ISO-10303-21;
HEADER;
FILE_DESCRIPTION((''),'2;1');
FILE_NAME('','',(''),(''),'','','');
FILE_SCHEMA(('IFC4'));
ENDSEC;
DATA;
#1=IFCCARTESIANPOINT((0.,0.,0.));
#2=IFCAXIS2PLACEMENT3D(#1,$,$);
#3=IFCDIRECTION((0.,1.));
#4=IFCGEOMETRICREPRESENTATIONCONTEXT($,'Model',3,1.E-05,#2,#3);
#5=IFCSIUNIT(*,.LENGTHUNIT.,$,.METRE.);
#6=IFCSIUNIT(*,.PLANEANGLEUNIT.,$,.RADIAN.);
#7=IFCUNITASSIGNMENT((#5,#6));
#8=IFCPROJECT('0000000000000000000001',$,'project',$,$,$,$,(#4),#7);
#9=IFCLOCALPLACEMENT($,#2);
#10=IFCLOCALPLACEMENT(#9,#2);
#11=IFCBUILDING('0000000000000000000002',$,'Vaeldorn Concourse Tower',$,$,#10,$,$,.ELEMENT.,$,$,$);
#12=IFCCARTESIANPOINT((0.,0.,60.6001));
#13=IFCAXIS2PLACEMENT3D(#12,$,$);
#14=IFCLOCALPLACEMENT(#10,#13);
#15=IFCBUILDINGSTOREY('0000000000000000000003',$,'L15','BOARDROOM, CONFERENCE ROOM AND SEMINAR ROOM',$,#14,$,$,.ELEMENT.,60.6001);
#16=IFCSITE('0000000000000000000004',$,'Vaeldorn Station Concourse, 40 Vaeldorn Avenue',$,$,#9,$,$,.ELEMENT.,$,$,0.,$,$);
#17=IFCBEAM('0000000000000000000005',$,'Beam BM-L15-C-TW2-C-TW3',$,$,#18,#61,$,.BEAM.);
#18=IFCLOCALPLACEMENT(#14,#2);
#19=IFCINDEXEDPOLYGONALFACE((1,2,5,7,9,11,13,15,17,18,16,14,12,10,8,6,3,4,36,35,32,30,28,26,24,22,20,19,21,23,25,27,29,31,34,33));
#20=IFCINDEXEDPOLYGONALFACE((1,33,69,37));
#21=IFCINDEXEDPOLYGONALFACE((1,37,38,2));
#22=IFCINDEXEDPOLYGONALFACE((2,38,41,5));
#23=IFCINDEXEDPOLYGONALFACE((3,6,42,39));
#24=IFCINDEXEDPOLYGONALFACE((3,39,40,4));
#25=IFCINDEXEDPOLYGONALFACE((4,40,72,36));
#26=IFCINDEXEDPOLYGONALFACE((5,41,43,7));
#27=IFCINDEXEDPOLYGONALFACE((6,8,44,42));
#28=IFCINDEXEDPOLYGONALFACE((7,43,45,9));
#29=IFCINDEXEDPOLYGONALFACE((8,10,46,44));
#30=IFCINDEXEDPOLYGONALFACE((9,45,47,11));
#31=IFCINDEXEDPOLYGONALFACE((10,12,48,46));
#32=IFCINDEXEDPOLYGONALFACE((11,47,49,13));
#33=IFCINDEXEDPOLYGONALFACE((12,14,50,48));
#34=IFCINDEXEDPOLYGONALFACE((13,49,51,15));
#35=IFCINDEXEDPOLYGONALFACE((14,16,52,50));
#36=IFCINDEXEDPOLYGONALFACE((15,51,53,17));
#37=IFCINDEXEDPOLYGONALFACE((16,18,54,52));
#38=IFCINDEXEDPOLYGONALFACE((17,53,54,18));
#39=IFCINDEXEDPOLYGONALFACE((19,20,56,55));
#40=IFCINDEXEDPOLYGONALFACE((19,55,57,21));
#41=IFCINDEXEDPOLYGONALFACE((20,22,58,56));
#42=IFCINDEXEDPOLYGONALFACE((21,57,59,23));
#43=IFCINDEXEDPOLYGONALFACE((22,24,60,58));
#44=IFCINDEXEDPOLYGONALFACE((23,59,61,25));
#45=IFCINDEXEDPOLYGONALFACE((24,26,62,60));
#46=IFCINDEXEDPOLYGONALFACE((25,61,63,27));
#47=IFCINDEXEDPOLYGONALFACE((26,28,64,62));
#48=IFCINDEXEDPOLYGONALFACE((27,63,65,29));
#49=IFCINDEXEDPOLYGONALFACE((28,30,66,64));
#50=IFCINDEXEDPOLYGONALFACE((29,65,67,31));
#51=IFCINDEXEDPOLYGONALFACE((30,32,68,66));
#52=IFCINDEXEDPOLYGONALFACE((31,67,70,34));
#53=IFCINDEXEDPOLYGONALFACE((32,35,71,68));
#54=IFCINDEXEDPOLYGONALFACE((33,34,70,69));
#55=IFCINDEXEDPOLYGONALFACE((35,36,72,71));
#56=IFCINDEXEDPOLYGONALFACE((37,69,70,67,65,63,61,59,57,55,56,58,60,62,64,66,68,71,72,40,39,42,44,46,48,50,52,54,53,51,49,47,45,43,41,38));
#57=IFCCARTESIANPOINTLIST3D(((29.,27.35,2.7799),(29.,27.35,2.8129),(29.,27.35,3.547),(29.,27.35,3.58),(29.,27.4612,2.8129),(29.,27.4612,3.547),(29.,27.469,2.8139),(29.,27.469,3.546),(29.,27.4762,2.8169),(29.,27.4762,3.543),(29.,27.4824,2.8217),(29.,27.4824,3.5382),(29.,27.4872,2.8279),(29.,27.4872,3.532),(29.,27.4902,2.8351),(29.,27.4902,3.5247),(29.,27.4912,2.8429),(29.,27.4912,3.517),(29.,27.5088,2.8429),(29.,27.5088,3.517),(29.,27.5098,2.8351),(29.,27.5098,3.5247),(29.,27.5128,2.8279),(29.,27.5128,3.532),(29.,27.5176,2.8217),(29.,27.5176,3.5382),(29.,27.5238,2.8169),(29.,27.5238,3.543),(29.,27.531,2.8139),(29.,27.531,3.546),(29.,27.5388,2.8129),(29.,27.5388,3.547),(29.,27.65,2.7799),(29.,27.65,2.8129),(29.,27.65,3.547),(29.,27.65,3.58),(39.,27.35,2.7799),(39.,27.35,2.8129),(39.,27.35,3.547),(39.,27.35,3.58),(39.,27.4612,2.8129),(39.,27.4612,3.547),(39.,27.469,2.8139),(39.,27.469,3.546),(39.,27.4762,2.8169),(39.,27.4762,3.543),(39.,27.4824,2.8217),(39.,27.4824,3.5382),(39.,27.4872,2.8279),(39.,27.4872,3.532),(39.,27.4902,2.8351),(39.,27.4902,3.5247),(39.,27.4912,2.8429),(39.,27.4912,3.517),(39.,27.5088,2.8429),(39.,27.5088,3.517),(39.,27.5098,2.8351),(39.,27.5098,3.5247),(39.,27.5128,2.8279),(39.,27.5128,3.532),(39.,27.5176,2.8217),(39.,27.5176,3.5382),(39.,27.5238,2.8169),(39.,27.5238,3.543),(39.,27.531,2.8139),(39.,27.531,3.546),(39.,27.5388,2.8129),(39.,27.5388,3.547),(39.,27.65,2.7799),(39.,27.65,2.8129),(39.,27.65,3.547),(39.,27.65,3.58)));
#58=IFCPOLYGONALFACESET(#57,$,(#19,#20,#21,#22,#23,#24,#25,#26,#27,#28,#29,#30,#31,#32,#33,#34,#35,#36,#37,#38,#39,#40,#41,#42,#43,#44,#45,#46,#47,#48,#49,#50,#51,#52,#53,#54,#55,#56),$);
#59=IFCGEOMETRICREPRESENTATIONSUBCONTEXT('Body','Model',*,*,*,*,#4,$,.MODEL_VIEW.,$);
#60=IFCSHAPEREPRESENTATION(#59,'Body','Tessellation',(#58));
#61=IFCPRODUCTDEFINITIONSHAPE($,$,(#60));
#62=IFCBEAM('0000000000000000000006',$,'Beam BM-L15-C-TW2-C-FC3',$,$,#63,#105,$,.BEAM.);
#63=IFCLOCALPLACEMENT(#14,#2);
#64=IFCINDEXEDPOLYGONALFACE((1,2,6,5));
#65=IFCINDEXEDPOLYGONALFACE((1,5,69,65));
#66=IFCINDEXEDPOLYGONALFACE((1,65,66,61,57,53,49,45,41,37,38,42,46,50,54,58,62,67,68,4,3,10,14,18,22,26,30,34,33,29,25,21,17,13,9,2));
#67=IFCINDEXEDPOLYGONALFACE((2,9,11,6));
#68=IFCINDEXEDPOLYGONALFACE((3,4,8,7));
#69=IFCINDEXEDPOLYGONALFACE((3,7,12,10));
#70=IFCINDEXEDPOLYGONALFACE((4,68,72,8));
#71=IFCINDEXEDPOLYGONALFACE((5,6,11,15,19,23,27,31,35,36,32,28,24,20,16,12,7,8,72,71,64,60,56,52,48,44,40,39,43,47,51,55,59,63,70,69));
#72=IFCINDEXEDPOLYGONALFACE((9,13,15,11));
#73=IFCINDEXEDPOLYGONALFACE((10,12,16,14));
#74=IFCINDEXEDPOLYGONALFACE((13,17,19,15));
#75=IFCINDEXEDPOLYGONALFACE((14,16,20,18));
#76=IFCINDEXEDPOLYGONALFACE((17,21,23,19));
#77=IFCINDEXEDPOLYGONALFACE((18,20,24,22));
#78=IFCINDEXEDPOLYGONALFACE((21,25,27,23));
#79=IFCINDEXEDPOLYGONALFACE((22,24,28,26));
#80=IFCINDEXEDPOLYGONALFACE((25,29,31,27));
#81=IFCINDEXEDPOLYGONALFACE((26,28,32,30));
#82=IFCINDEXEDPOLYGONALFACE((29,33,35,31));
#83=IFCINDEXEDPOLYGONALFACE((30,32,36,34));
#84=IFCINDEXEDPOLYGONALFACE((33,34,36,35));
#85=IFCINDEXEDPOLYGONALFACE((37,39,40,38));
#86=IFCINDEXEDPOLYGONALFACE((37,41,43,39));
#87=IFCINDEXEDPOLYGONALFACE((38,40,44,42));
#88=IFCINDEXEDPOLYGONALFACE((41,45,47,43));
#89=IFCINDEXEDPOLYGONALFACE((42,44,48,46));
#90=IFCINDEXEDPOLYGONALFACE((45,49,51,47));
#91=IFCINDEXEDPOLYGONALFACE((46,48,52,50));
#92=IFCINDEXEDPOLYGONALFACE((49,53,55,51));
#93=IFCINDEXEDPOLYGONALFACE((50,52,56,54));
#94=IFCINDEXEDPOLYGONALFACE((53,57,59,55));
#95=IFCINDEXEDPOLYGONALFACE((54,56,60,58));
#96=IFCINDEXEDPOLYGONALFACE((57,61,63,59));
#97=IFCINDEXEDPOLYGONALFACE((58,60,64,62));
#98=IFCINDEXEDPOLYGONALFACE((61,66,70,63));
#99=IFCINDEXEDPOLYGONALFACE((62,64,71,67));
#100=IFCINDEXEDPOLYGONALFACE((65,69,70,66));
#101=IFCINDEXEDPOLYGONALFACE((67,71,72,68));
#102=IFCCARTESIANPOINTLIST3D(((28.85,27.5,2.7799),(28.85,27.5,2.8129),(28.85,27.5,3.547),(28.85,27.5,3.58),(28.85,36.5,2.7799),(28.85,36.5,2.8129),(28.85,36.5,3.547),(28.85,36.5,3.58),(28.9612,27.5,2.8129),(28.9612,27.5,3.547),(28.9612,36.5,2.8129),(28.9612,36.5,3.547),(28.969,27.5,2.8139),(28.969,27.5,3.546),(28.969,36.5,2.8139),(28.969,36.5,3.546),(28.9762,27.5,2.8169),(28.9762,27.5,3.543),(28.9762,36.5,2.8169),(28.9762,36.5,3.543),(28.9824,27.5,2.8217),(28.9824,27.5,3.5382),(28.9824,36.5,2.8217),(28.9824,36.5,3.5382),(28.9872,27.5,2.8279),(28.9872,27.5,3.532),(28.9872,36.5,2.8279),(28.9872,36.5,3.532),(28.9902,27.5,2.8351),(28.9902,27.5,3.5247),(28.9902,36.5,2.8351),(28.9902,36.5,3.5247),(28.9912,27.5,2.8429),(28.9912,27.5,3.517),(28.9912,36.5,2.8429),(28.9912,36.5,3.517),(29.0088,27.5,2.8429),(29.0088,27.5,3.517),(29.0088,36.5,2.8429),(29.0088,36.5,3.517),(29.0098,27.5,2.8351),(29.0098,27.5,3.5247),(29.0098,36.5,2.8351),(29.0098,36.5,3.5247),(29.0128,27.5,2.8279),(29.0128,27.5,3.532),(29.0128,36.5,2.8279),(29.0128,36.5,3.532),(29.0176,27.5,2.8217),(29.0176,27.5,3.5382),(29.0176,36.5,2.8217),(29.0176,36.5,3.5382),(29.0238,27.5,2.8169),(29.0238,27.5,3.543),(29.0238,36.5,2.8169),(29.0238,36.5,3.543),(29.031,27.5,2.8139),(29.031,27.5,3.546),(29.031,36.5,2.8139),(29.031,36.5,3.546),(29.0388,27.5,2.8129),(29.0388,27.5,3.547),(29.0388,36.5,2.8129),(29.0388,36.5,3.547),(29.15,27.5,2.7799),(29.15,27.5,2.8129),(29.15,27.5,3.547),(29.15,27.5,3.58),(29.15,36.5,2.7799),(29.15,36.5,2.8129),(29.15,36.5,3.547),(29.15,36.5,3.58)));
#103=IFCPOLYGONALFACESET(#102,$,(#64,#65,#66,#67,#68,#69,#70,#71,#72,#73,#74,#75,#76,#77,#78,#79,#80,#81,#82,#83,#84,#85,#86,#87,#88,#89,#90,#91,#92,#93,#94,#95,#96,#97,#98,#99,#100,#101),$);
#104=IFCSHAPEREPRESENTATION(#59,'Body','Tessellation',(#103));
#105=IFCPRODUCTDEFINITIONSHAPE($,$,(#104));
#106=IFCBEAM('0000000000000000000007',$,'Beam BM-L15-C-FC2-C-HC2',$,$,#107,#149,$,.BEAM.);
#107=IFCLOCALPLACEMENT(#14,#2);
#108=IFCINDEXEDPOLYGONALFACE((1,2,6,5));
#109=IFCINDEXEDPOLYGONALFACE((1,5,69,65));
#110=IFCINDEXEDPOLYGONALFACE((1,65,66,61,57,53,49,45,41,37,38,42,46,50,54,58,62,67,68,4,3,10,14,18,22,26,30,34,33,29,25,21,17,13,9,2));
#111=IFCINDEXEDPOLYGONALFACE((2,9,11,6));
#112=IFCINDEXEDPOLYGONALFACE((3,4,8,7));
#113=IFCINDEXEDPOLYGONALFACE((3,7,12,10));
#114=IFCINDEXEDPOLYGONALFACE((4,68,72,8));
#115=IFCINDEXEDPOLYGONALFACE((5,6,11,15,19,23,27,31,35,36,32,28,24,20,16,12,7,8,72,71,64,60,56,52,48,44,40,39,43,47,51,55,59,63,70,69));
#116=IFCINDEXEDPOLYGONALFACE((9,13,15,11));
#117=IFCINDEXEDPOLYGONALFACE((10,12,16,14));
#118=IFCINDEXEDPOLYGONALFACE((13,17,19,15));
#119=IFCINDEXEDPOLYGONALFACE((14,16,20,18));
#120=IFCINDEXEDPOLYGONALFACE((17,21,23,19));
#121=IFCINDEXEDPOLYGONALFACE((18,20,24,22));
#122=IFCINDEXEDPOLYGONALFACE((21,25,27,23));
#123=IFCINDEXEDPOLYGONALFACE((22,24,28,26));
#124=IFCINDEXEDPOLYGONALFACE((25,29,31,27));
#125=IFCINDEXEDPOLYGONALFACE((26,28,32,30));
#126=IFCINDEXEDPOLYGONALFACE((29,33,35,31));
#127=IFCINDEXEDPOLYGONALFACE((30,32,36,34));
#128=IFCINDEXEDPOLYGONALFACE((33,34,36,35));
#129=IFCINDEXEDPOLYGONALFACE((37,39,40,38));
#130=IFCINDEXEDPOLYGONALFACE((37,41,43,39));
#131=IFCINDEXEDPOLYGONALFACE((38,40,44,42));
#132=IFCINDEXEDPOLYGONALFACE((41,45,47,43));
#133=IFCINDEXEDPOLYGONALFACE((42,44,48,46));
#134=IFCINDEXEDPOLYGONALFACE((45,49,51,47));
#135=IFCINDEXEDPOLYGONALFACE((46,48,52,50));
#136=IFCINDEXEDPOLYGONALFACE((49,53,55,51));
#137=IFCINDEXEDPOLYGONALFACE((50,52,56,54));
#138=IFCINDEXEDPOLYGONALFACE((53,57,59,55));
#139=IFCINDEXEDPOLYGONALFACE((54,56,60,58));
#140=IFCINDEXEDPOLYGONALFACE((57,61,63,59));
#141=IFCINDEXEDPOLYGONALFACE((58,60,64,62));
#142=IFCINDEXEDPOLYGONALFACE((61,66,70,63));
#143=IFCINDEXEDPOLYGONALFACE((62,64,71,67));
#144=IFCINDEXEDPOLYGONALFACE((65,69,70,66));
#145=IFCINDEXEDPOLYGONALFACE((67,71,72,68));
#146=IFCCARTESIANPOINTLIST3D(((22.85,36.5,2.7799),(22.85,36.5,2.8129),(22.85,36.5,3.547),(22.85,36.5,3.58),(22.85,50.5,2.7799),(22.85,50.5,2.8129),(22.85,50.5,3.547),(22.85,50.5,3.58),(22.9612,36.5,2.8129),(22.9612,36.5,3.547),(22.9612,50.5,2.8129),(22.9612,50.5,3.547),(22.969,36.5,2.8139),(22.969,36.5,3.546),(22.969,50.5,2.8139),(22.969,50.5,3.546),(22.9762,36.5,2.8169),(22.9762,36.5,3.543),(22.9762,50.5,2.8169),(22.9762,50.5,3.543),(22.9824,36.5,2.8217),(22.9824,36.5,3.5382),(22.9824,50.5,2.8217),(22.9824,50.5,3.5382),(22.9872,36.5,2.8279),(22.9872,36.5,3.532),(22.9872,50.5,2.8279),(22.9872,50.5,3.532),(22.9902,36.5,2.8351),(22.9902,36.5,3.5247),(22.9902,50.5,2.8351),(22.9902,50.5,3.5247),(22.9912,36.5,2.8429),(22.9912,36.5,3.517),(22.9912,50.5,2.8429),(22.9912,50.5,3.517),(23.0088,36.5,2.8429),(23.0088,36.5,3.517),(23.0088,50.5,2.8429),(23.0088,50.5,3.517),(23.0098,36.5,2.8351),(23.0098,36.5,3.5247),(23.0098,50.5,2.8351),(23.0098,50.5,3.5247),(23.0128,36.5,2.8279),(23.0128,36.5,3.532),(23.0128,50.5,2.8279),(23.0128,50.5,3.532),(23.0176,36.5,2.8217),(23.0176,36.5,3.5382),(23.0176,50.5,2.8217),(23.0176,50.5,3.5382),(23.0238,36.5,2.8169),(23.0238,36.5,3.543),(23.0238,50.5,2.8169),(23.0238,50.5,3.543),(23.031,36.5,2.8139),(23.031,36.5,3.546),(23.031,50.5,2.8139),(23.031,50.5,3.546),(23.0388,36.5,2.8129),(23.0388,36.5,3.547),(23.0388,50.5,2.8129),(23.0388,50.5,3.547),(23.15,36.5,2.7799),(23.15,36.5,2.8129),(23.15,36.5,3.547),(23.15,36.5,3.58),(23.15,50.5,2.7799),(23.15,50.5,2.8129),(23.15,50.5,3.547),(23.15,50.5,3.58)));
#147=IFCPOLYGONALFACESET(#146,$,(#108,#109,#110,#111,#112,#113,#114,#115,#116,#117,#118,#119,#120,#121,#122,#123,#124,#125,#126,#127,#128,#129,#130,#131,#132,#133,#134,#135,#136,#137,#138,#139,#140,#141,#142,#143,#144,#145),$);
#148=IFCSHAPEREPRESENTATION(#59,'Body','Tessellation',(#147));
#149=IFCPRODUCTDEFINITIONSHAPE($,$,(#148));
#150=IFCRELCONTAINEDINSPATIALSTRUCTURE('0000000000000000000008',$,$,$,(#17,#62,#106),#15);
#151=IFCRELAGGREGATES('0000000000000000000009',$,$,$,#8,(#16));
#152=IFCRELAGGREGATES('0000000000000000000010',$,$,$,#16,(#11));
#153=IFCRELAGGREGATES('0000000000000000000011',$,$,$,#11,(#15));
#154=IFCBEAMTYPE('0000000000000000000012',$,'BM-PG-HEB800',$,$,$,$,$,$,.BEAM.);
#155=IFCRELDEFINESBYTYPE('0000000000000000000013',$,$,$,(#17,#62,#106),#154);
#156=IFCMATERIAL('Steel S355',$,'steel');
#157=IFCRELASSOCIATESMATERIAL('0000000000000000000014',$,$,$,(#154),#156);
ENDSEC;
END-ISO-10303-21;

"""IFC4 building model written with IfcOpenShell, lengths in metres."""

from ifc_helpers import new_model, si_unit, direction, frame, origin, origin_2d, place, context, subcontext, project, spatial, i_section, extrude, source, transform, mapped, material, material_profile, profile_set, type_object, element, save


model = new_model("IFC4")

# Units and contexts
model_context = context("Model", 3, precision=1e-05, world=origin(), true_north=direction((0.0, 1.0)))
body_context = subcontext(model_context, "Body", "Model", "MODEL_VIEW")
ifc_project = project(units=[si_unit("LENGTHUNIT", "METRE"), si_unit("PLANEANGLEUNIT", "RADIAN")], contexts=[model_context])

# Site, building, storey
site_placement = place(None, origin())
site = spatial("IfcSite", under=ifc_project, at=site_placement, Name="Vaeldorn Station Concourse, 40 Vaeldorn Avenue", CompositionType="ELEMENT", RefElevation=0.0)
building_placement = place(site_placement, origin())
building = spatial("IfcBuilding", under=site, at=building_placement, Name="Vaeldorn Concourse Tower", CompositionType="ELEMENT")
storey_placement = place(building_placement, frame((0.0, 0.0, 60.6001)))
storey = spatial("IfcBuildingStorey", under=building, at=storey_placement, Name="L15", Description="BOARDROOM, CONFERENCE ROOM AND SEMINAR ROOM", CompositionType="ELEMENT", Elevation=60.6001)

# Beams
ifc_material_1 = material(Name="Steel S355", Category="steel")
ifc_material_profile_1 = material_profile(ifc_material_1, i_section(OverallWidth=0.3, OverallDepth=0.8, WebThickness=0.0176, FlangeThickness=0.033, FilletRadius=0.03, at=origin_2d()), Name="HEB 800")
ifc_profile_set_1 = profile_set([ifc_material_profile_1], Name="Steel S355")
beam_type_1 = type_object("IfcBeamType", Name="BM-PG-HEB800", PredefinedType="BEAM", material=ifc_profile_set_1)
shared_shape_1 = source(origin(), body_context, "Body", "SweptSolid", [
    extrude(i_section(OverallWidth=0.3, OverallDepth=0.8, WebThickness=0.0176, FlangeThickness=0.033, FilletRadius=0.03, at=origin_2d()), origin(), (0.0, 0.0, 1.0), 10.0),
])
for number, where, z_axis, x_axis, name in (
    (1, (29.0, 27.5, 3.1799), (1.0, 0.0, 0.0), (0.0, 1.0, 0.0), "Beam BM-L15-C-TW2-C-TW3"),
):
    element("IfcBeam", number, at=place(storey_placement, frame(where, z_axis=z_axis, x_axis=x_axis)), inside=storey, type_object=beam_type_1, Name=name, PredefinedType="BEAM", context=body_context, shape_type="MappedRepresentation", body=[
        mapped(shared_shape_1, transform((0.0, 0.0, 0.0), scale=1.0)),
    ])
shared_shape_2 = source(origin(), body_context, "Body", "SweptSolid", [
    extrude(i_section(OverallWidth=0.3, OverallDepth=0.8, WebThickness=0.0176, FlangeThickness=0.033, FilletRadius=0.03, at=origin_2d()), origin(), (0.0, 0.0, 1.0), 9.0),
])
beam_1_placement = place(storey_placement, frame((29.0, 27.5, 3.1799), z_axis=(0.0, 1.0, 0.0), x_axis=(-1.0, 0.0, 0.0)))
element("IfcBeam", 2, at=beam_1_placement, inside=storey, type_object=beam_type_1, Name="Beam BM-L15-C-TW2-C-FC3", PredefinedType="BEAM", context=body_context, shape_type="MappedRepresentation", body=[
    mapped(shared_shape_2, transform((0.0, 0.0, 0.0), scale=1.0)),
])
shared_shape_3 = source(origin(), body_context, "Body", "SweptSolid", [
    extrude(i_section(OverallWidth=0.3, OverallDepth=0.8, WebThickness=0.0176, FlangeThickness=0.033, FilletRadius=0.03, at=origin_2d()), origin(), (0.0, 0.0, 1.0), 14.0),
])
beam_2_placement = place(storey_placement, frame((23.0, 36.5, 3.1799), z_axis=(0.0, 1.0, 0.0), x_axis=(-1.0, 0.0, 0.0)))
element("IfcBeam", 3, at=beam_2_placement, inside=storey, type_object=beam_type_1, Name="Beam BM-L15-C-FC2-C-HC2", PredefinedType="BEAM", context=body_context, shape_type="MappedRepresentation", body=[
    mapped(shared_shape_3, transform((0.0, 0.0, 0.0), scale=1.0)),
])

save(model, "model.ifc")
